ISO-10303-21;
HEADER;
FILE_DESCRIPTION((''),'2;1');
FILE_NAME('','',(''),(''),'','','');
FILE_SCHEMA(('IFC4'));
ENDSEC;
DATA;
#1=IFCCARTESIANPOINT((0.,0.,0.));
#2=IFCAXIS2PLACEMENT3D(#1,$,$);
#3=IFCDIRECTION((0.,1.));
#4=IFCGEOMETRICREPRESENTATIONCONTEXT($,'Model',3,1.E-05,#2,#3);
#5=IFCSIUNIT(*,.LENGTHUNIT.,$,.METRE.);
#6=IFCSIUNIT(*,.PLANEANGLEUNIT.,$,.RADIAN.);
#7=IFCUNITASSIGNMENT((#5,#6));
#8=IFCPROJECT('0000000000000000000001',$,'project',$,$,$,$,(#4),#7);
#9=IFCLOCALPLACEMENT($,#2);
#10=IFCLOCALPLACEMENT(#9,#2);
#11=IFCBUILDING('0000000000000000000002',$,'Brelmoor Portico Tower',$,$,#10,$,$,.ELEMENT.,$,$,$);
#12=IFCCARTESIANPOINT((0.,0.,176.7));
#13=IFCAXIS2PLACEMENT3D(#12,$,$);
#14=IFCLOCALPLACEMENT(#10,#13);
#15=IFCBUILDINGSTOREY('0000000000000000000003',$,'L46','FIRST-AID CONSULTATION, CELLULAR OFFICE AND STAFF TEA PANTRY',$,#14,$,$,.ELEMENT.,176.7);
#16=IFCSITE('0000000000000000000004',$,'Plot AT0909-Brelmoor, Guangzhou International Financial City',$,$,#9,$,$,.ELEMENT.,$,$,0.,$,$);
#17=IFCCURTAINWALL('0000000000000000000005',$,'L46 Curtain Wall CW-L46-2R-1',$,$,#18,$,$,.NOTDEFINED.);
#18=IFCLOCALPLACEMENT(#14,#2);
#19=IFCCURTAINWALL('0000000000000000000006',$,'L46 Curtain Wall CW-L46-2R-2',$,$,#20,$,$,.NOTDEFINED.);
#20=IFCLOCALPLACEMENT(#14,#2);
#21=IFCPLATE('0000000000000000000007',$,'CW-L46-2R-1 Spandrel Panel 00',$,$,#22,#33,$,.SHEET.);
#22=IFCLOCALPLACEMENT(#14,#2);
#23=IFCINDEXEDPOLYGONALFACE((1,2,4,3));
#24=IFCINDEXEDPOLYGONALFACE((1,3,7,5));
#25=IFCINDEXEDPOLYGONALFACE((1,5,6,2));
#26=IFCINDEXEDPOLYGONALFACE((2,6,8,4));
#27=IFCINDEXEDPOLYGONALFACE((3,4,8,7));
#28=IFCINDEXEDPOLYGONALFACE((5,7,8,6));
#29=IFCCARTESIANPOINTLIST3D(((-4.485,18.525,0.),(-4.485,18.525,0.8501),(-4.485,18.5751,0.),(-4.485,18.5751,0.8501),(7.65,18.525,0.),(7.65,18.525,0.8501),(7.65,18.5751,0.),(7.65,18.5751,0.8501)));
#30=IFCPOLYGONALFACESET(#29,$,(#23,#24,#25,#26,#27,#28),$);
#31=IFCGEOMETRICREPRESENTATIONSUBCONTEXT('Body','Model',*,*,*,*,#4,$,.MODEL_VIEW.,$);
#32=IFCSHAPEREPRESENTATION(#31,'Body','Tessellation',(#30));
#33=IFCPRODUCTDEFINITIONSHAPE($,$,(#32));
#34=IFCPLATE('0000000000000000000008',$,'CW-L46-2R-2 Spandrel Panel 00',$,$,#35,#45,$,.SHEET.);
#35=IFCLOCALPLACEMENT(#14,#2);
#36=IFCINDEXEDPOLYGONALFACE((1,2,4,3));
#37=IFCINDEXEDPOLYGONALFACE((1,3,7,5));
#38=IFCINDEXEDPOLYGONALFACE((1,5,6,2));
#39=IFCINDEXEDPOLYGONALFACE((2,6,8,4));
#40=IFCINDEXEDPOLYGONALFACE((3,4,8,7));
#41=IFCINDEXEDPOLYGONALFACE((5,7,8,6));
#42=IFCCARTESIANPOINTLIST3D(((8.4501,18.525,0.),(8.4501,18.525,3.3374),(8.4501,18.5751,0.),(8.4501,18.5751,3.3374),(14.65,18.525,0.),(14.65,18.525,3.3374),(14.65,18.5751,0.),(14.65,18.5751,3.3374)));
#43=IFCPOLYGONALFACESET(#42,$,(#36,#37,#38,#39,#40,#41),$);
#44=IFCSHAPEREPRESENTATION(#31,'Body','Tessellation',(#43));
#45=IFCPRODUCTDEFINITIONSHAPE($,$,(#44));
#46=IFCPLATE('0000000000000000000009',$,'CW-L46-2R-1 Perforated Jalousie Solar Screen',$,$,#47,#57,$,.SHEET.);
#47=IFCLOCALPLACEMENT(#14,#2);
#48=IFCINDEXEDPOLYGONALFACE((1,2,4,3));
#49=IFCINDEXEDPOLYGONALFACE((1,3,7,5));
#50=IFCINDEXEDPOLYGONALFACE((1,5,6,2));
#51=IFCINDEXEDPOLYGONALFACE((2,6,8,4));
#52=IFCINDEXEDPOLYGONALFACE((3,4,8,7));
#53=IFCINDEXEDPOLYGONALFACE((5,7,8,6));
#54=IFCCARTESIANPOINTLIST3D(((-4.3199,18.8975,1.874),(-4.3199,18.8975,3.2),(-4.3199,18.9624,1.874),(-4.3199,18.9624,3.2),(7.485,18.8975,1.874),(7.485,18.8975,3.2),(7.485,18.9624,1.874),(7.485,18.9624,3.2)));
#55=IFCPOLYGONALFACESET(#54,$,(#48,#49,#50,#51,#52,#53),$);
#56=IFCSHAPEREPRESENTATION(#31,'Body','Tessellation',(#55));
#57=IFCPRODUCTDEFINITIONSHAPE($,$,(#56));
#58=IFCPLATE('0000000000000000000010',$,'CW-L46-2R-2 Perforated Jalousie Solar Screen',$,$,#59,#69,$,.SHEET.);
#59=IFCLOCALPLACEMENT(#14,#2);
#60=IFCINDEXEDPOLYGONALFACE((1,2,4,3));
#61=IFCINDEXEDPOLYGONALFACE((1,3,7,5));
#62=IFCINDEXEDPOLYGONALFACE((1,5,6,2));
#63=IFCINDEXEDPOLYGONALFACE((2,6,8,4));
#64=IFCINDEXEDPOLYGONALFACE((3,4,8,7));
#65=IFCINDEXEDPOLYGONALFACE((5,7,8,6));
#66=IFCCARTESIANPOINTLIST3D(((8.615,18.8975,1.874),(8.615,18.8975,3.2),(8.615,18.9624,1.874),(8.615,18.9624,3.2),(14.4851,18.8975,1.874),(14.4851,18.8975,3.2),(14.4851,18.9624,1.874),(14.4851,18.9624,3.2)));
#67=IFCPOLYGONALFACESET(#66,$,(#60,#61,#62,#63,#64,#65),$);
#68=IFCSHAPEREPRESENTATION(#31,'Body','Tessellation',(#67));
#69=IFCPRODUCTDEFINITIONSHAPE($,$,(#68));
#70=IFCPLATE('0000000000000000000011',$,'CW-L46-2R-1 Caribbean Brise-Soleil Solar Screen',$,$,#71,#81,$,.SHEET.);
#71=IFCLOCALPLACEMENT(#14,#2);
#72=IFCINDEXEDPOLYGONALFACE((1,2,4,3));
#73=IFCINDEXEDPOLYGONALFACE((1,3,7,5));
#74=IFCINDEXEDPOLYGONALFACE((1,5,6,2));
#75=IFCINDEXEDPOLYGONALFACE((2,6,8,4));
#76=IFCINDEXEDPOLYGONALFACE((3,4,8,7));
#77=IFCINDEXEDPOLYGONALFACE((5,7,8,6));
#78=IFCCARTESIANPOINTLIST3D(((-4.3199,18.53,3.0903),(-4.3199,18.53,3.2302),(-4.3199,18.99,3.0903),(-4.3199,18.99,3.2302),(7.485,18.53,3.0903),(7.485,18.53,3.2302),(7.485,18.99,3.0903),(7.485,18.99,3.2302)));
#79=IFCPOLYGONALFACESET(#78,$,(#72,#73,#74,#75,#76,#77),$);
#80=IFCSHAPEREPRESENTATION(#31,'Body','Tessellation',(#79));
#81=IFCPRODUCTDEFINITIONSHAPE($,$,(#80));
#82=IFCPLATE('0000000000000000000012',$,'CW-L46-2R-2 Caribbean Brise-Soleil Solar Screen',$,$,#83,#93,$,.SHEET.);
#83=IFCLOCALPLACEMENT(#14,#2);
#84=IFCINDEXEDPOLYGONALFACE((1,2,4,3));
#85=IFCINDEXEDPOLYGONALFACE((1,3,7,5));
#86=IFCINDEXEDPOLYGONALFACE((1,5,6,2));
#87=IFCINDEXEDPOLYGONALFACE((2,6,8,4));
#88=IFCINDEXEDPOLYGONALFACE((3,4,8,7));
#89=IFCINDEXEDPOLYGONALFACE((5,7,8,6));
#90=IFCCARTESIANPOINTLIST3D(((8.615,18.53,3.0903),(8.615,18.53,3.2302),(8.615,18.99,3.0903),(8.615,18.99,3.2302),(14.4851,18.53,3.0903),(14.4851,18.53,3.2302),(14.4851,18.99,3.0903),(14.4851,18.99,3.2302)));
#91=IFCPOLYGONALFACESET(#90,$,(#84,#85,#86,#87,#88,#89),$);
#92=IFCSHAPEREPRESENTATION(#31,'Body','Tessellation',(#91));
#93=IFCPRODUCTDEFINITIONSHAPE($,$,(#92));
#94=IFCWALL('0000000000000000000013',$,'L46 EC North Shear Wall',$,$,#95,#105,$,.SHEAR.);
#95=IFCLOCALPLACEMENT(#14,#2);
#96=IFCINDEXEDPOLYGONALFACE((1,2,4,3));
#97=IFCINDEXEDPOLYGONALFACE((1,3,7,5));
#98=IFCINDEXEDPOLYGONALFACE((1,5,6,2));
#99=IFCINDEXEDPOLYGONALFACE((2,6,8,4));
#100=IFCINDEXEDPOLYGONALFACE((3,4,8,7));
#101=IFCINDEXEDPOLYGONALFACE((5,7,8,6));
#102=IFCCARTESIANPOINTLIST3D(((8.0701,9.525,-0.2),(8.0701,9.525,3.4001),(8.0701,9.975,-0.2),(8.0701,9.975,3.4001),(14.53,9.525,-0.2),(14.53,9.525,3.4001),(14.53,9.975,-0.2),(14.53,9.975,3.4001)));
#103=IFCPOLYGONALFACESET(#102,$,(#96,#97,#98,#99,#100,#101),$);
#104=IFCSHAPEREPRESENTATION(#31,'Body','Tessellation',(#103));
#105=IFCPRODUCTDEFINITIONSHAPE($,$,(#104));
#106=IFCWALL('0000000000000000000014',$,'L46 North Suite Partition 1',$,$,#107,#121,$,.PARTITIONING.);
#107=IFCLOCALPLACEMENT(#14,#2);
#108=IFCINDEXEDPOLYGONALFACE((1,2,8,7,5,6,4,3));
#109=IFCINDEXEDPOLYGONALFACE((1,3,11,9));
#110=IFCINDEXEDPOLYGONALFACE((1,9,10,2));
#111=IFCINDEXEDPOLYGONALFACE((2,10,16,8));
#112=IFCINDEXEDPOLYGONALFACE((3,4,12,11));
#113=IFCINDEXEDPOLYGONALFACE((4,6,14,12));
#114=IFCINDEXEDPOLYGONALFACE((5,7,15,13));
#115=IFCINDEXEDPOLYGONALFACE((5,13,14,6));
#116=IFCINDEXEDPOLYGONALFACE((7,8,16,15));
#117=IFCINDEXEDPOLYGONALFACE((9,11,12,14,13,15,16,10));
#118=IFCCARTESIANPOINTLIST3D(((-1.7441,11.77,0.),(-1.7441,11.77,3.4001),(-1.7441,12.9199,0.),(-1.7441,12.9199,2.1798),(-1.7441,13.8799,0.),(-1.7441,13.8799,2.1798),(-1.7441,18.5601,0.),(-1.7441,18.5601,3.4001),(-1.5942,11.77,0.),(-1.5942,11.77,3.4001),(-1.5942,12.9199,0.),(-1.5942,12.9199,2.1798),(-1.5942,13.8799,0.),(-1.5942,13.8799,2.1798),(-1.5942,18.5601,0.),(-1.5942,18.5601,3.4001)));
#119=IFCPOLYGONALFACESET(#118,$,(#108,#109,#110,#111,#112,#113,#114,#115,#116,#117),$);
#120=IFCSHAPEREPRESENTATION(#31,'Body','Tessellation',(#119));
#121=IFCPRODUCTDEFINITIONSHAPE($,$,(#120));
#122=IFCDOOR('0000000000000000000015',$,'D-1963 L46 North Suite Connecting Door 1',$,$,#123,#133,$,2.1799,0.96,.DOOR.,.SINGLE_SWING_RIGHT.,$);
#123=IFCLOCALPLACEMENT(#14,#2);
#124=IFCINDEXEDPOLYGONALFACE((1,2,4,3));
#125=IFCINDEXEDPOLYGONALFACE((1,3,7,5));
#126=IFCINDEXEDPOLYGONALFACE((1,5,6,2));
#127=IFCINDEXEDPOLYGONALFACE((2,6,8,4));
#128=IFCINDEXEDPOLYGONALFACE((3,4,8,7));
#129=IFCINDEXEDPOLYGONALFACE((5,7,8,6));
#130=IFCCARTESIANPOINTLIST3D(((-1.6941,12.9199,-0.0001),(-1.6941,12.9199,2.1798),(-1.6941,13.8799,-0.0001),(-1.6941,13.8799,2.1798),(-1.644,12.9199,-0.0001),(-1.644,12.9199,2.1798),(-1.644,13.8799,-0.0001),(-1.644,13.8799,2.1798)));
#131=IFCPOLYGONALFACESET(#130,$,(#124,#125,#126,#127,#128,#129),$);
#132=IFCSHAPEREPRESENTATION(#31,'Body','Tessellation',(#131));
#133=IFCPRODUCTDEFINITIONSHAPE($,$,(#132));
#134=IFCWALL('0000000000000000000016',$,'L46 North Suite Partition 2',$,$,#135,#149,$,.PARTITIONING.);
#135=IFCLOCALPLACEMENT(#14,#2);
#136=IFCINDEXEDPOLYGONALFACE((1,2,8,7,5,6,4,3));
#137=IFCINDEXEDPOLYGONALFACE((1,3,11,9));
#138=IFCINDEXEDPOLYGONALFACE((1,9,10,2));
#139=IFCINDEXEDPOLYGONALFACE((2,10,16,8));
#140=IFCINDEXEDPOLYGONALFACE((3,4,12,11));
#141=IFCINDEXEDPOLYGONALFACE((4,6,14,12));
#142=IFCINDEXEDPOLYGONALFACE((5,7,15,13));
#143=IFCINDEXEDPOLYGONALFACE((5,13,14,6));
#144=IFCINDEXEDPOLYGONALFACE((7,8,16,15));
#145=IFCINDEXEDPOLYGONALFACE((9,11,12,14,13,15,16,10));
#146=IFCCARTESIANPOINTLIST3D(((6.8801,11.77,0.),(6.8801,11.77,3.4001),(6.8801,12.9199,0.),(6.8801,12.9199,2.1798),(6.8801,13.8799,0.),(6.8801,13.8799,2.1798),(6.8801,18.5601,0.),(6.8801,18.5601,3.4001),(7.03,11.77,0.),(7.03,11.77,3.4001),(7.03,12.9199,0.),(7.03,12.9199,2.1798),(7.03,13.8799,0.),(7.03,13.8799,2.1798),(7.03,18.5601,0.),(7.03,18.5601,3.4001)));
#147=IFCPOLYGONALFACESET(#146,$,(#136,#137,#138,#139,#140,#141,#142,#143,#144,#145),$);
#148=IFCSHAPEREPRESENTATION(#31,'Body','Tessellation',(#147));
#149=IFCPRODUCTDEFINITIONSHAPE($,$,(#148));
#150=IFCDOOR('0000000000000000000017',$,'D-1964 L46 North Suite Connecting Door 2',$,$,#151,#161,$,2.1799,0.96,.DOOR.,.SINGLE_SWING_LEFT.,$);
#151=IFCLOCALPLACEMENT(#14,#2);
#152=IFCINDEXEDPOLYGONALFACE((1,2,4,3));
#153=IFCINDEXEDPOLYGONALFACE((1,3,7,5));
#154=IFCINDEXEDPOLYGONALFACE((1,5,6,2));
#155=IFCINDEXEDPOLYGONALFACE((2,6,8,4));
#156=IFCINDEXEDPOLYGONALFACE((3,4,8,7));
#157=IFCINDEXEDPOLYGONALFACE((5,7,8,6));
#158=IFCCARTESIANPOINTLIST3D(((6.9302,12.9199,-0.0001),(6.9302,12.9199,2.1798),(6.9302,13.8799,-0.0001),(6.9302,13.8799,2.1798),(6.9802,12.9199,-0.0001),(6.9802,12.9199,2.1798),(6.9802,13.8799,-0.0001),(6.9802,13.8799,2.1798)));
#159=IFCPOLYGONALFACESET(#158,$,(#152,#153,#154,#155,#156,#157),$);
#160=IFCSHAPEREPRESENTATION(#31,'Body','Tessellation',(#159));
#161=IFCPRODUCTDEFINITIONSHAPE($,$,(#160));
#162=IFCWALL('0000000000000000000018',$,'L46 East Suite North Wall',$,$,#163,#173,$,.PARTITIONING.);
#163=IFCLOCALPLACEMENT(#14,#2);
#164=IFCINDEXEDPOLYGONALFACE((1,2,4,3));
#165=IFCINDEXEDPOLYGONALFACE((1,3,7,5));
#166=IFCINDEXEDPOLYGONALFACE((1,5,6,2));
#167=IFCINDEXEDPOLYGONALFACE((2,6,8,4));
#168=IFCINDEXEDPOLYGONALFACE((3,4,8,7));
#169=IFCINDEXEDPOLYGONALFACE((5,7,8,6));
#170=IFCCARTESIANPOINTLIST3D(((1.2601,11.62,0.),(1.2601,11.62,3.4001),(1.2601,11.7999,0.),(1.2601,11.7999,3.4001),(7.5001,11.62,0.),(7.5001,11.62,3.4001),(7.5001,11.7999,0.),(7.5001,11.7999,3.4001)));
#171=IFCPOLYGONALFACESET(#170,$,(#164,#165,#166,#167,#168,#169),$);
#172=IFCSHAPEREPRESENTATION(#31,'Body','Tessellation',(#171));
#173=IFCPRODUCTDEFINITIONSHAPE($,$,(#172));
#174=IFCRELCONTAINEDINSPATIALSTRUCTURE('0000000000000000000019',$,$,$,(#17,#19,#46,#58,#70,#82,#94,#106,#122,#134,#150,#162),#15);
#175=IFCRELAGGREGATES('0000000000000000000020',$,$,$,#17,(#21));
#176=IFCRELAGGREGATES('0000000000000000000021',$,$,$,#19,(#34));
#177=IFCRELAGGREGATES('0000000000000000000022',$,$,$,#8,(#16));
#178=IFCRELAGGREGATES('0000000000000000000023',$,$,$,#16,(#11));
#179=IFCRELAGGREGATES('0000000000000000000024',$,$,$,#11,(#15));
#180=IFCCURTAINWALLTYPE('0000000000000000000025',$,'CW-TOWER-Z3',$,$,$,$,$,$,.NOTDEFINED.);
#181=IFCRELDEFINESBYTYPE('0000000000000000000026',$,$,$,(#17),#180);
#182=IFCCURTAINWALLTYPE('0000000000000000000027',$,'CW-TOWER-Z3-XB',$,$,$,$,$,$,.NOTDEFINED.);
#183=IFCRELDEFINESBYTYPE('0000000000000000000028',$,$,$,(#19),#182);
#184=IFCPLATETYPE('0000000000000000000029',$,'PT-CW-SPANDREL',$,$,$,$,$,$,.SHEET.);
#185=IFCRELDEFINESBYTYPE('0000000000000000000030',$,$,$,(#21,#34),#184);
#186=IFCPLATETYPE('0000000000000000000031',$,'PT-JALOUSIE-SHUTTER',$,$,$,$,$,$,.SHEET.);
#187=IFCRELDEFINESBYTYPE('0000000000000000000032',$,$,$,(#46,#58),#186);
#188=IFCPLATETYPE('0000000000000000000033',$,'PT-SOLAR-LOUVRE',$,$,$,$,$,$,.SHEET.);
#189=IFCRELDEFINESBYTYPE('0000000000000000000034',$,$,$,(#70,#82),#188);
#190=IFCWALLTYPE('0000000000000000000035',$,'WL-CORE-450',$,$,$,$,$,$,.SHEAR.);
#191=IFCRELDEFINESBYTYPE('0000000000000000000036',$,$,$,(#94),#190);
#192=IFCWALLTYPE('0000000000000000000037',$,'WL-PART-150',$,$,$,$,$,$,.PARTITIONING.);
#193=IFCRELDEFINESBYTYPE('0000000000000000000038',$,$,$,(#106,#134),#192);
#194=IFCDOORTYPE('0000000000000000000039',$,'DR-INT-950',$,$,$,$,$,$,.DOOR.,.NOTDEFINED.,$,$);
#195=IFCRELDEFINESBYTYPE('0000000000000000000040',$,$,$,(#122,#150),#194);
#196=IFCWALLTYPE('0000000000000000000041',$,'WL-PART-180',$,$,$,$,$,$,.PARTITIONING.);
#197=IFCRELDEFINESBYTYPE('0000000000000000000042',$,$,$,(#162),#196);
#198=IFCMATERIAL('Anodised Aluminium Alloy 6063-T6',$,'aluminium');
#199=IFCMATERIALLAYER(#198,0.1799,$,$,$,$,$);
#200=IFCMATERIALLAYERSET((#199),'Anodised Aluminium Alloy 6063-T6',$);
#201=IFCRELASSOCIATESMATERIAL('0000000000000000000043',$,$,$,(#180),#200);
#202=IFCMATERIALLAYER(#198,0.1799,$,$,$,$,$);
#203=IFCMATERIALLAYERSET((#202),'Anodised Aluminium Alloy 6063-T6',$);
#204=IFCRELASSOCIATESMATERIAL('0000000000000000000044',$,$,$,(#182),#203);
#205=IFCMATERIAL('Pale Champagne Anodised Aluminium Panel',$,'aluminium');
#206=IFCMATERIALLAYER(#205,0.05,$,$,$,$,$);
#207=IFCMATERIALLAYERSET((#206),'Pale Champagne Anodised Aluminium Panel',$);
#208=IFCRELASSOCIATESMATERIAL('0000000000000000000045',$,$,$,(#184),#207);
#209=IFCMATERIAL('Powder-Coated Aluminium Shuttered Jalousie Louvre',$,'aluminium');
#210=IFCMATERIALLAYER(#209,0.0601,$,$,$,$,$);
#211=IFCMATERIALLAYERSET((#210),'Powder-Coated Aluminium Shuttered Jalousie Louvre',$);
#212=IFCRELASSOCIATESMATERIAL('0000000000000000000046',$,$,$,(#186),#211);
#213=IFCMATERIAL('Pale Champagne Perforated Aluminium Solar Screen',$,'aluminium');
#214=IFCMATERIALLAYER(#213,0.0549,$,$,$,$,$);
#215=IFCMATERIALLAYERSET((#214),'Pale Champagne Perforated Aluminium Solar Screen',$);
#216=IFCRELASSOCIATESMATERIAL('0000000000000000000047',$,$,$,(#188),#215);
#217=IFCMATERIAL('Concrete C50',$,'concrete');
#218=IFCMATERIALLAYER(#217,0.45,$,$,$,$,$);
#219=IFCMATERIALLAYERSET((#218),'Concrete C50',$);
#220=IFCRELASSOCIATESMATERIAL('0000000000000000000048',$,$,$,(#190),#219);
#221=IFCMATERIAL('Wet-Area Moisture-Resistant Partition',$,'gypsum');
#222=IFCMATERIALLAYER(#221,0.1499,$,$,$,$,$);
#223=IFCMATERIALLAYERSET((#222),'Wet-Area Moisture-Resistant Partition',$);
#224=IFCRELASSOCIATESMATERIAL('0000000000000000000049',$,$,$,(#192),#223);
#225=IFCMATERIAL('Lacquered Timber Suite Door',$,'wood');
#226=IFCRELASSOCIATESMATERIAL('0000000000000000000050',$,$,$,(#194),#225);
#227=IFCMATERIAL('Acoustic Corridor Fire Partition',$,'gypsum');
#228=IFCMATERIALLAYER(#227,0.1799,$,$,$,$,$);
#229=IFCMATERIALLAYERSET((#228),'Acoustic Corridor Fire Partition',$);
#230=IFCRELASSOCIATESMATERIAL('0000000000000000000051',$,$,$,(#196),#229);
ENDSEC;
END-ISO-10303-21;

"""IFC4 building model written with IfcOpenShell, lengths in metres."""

from ifc_helpers import new_model, si_unit, direction, frame, frame_2d, origin, origin_2d, place, context, subcontext, project, spatial, rectangle, extrude, material, layer, layer_set, type_object, element, fill, aggregate, save


model = new_model("IFC4")

# Units and contexts
model_context = context("Model", 3, precision=1e-05, world=origin(), true_north=direction((0.0, 1.0)))
body_context = subcontext(model_context, "Body", "Model", "MODEL_VIEW")
ifc_project = project(units=[si_unit("LENGTHUNIT", "METRE"), si_unit("PLANEANGLEUNIT", "RADIAN")], contexts=[model_context])

# Site, building, storey
site_placement = place(None, origin())
site = spatial("IfcSite", under=ifc_project, at=site_placement, Name="Plot AT0909-Brelmoor, Guangzhou International Financial City", CompositionType="ELEMENT", RefElevation=0.0)
building_placement = place(site_placement, origin())
building = spatial("IfcBuilding", under=site, at=building_placement, Name="Brelmoor Portico Tower", CompositionType="ELEMENT")
storey_placement = place(building_placement, frame((0.0, 0.0, 176.7)))
storey = spatial("IfcBuildingStorey", under=building, at=storey_placement, Name="L46", Description="FIRST-AID CONSULTATION, CELLULAR OFFICE AND STAFF TEA PANTRY", CompositionType="ELEMENT", Elevation=176.7)

# Curtain wall
ifc_material_1 = material(Name="Anodised Aluminium Alloy 6063-T6", Category="aluminium")
ifc_layer_1 = layer(ifc_material_1, 0.1799)
ifc_layer_set_1 = layer_set([ifc_layer_1], Name="Anodised Aluminium Alloy 6063-T6")
curtain_wall_type_1 = type_object("IfcCurtainWallType", Name="CW-TOWER-Z3", PredefinedType="NOTDEFINED", material=ifc_layer_set_1)
curtain_wall_1_placement = place(storey_placement, origin())
curtain_wall_1 = element("IfcCurtainWall", 1, at=curtain_wall_1_placement, inside=storey, type_object=curtain_wall_type_1, Name="L46 Curtain Wall CW-L46-2R-1", PredefinedType="NOTDEFINED")

# Curtain wall
ifc_layer_2 = layer(ifc_material_1, 0.1799)
ifc_layer_set_2 = layer_set([ifc_layer_2], Name="Anodised Aluminium Alloy 6063-T6")
curtain_wall_type_2 = type_object("IfcCurtainWallType", Name="CW-TOWER-Z3-XB", PredefinedType="NOTDEFINED", material=ifc_layer_set_2)
curtain_wall_2_placement = place(storey_placement, origin())
curtain_wall_2 = element("IfcCurtainWall", 2, at=curtain_wall_2_placement, inside=storey, type_object=curtain_wall_type_2, Name="L46 Curtain Wall CW-L46-2R-2", PredefinedType="NOTDEFINED")

# Plates
ifc_material_2 = material(Name="Pale Champagne Anodised Aluminium Panel", Category="aluminium")
ifc_layer_3 = layer(ifc_material_2, 0.05)
ifc_layer_set_3 = layer_set([ifc_layer_3], Name="Pale Champagne Anodised Aluminium Panel")
plate_type_1 = type_object("IfcPlateType", Name="PT-CW-SPANDREL", PredefinedType="SHEET", material=ifc_layer_set_3)
plate_1_placement = place(storey_placement, frame((1.5825, 18.55, 0.0), z_axis=(0.0, 0.0, 1.0), x_axis=(1.0, 0.0, 0.0)))
plate_1 = element("IfcPlate", 3, at=plate_1_placement, type_object=plate_type_1, Name="CW-L46-2R-1 Spandrel Panel 00", PredefinedType="SHEET", context=body_context, shape_type="SweptSolid", body=[
    extrude(rectangle(XDim=12.135, YDim=0.05, at=origin_2d()), origin(), (0.0, 0.0, 1.0), 0.8501),
])
aggregate(curtain_wall_1, [plate_1])
plate_2_placement = place(storey_placement, frame((11.55, 18.55, 0.0), z_axis=(0.0, 0.0, 1.0), x_axis=(1.0, 0.0, 0.0)))
plate_2 = element("IfcPlate", 4, at=plate_2_placement, type_object=plate_type_1, Name="CW-L46-2R-2 Spandrel Panel 00", PredefinedType="SHEET", context=body_context, shape_type="SweptSolid", body=[
    extrude(rectangle(XDim=6.2, YDim=0.05, at=origin_2d()), origin(), (0.0, 0.0, 1.0), 3.3374),
])
aggregate(curtain_wall_2, [plate_2])

# Plates
ifc_material_3 = material(Name="Powder-Coated Aluminium Shuttered Jalousie Louvre", Category="aluminium")
ifc_layer_4 = layer(ifc_material_3, 0.0601)
ifc_layer_set_4 = layer_set([ifc_layer_4], Name="Powder-Coated Aluminium Shuttered Jalousie Louvre")
plate_type_2 = type_object("IfcPlateType", Name="PT-JALOUSIE-SHUTTER", PredefinedType="SHEET", material=ifc_layer_set_4)
plate_3_placement = place(storey_placement, frame((1.5825, 18.9299, 1.874), z_axis=(0.0, 0.0, 1.0), x_axis=(1.0, 0.0, 0.0)))
element("IfcPlate", 5, at=plate_3_placement, inside=storey, type_object=plate_type_2, Name="CW-L46-2R-1 Perforated Jalousie Solar Screen", PredefinedType="SHEET", context=body_context, shape_type="SweptSolid", body=[
    extrude(rectangle(XDim=11.8049, YDim=0.0649, at=origin_2d()), origin(), (0.0, 0.0, 1.0), 1.3259),
])
plate_4_placement = place(storey_placement, frame((11.55, 18.9299, 1.874), z_axis=(0.0, 0.0, 1.0), x_axis=(1.0, 0.0, 0.0)))
element("IfcPlate", 6, at=plate_4_placement, inside=storey, type_object=plate_type_2, Name="CW-L46-2R-2 Perforated Jalousie Solar Screen", PredefinedType="SHEET", context=body_context, shape_type="SweptSolid", body=[
    extrude(rectangle(XDim=5.8701, YDim=0.0649, at=origin_2d()), origin(), (0.0, 0.0, 1.0), 1.3259),
])
ifc_material_4 = material(Name="Pale Champagne Perforated Aluminium Solar Screen", Category="aluminium")
ifc_layer_5 = layer(ifc_material_4, 0.0549)
ifc_layer_set_5 = layer_set([ifc_layer_5], Name="Pale Champagne Perforated Aluminium Solar Screen")
plate_type_3 = type_object("IfcPlateType", Name="PT-SOLAR-LOUVRE", PredefinedType="SHEET", material=ifc_layer_set_5)
plate_5_placement = place(storey_placement, frame((1.5825, 18.76, 3.0903), z_axis=(0.0, 0.0, 1.0), x_axis=(1.0, 0.0, 0.0)))
element("IfcPlate", 7, at=plate_5_placement, inside=storey, type_object=plate_type_3, Name="CW-L46-2R-1 Caribbean Brise-Soleil Solar Screen", PredefinedType="SHEET", context=body_context, shape_type="SweptSolid", body=[
    extrude(rectangle(XDim=11.8049, YDim=0.46, at=origin_2d()), origin(), (0.0, 0.0, 1.0), 0.1399),
])
plate_6_placement = place(storey_placement, frame((11.55, 18.76, 3.0903), z_axis=(0.0, 0.0, 1.0), x_axis=(1.0, 0.0, 0.0)))
element("IfcPlate", 8, at=plate_6_placement, inside=storey, type_object=plate_type_3, Name="CW-L46-2R-2 Caribbean Brise-Soleil Solar Screen", PredefinedType="SHEET", context=body_context, shape_type="SweptSolid", body=[
    extrude(rectangle(XDim=5.8701, YDim=0.46, at=origin_2d()), origin(), (0.0, 0.0, 1.0), 0.1399),
])

# Wall
ifc_material_5 = material(Name="Concrete C50", Category="concrete")
ifc_layer_6 = layer(ifc_material_5, 0.45)
ifc_layer_set_6 = layer_set([ifc_layer_6], Name="Concrete C50")
wall_type_1 = type_object("IfcWallType", Name="WL-CORE-450", PredefinedType="SHEAR", material=ifc_layer_set_6)
wall_1_placement = place(storey_placement, frame((8.0701, 9.75, -0.2), z_axis=(0.0, 0.0, 1.0), x_axis=(1.0, 0.0, 0.0)))
element("IfcWall", 9, at=wall_1_placement, inside=storey, type_object=wall_type_1, Name="L46 EC North Shear Wall", PredefinedType="SHEAR", context=body_context, shape_type="SweptSolid", body=[
    extrude(rectangle(XDim=6.46, YDim=0.45, at=frame_2d((3.23, 0.0))), origin(), (0.0, 0.0, 1.0), 3.6001),
])

# Walls, openings, doors
ifc_material_6 = material(Name="Wet-Area Moisture-Resistant Partition", Category="gypsum")
ifc_layer_7 = layer(ifc_material_6, 0.1499)
ifc_layer_set_7 = layer_set([ifc_layer_7], Name="Wet-Area Moisture-Resistant Partition")
wall_type_2 = type_object("IfcWallType", Name="WL-PART-150", PredefinedType="PARTITIONING", material=ifc_layer_set_7)
wall_2_placement = place(storey_placement, frame((-1.6692, 11.77, 0.0), z_axis=(0.0, 0.0, 1.0), x_axis=(0.0, 1.0, 0.0)))
wall_2 = element("IfcWall", 10, at=wall_2_placement, inside=storey, type_object=wall_type_2, Name="L46 North Suite Partition 1", PredefinedType="PARTITIONING", context=body_context, shape_type="SweptSolid", body=[
    extrude(rectangle(XDim=6.79, YDim=0.1499, at=frame_2d((3.395, 0.0))), origin(), (0.0, 0.0, 1.0), 3.4001),
])
opening_1_placement = place(wall_2_placement, frame((1.1499, 0.0, 0.0)))
opening_1 = element("IfcOpeningElement", 11, at=opening_1_placement, cuts=wall_2, PredefinedType="OPENING", context=body_context, shape_type="SweptSolid", body=[
    extrude(rectangle(XDim=0.96, YDim=2.1799, at=frame_2d((0.48, 1.0898))), frame((0.0, 0.085, 0.0), z_axis=(0.0, -1.0, 0.0), x_axis=(1.0, 0.0, 0.0)), (0.0, 0.0, 1.0), 0.1699),
])
ifc_material_7 = material(Name="Lacquered Timber Suite Door", Category="wood")
door_type = type_object("IfcDoorType", Name="DR-INT-950", OperationType="NOTDEFINED", PredefinedType="DOOR", material=ifc_material_7)
door_1_placement = place(opening_1_placement, origin())
door_1 = element("IfcDoor", 12, at=door_1_placement, inside=storey, type_object=door_type, Name="D-1963 L46 North Suite Connecting Door 1", OperationType="SINGLE_SWING_RIGHT", OverallHeight=2.1799, OverallWidth=0.96, PredefinedType="DOOR", context=body_context, shape_type="SweptSolid", body=[
    extrude(rectangle(XDim=0.96, YDim=2.1799, at=frame_2d((0.48, 1.0898))), frame((0.0, 0.0249, 0.0), z_axis=(0.0, -1.0, 0.0), x_axis=(1.0, 0.0, 0.0)), (0.0, 0.0, 1.0), 0.05),
])
fill(opening_1, door_1)
wall_3_placement = place(storey_placement, frame((6.9551, 11.77, 0.0), z_axis=(0.0, 0.0, 1.0), x_axis=(0.0, 1.0, 0.0)))
wall_3 = element("IfcWall", 13, at=wall_3_placement, inside=storey, type_object=wall_type_2, Name="L46 North Suite Partition 2", PredefinedType="PARTITIONING", context=body_context, shape_type="SweptSolid", body=[
    extrude(rectangle(XDim=6.79, YDim=0.1499, at=frame_2d((3.395, 0.0))), origin(), (0.0, 0.0, 1.0), 3.4001),
])
opening_2_placement = place(wall_3_placement, frame((1.1499, 0.0, 0.0)))
opening_2 = element("IfcOpeningElement", 14, at=opening_2_placement, cuts=wall_3, PredefinedType="OPENING", context=body_context, shape_type="SweptSolid", body=[
    extrude(rectangle(XDim=0.96, YDim=2.1799, at=frame_2d((0.48, 1.0898))), frame((0.0, 0.085, 0.0), z_axis=(0.0, -1.0, 0.0), x_axis=(1.0, 0.0, 0.0)), (0.0, 0.0, 1.0), 0.1699),
])
door_2_placement = place(opening_2_placement, origin())
door_2 = element("IfcDoor", 15, at=door_2_placement, inside=storey, type_object=door_type, Name="D-1964 L46 North Suite Connecting Door 2", OperationType="SINGLE_SWING_LEFT", OverallHeight=2.1799, OverallWidth=0.96, PredefinedType="DOOR", context=body_context, shape_type="SweptSolid", body=[
    extrude(rectangle(XDim=0.96, YDim=2.1799, at=frame_2d((0.48, 1.0898))), frame((0.0, 0.0249, 0.0), z_axis=(0.0, -1.0, 0.0), x_axis=(1.0, 0.0, 0.0)), (0.0, 0.0, 1.0), 0.05),
])
fill(opening_2, door_2)

# Wall
ifc_material_8 = material(Name="Acoustic Corridor Fire Partition", Category="gypsum")
ifc_layer_8 = layer(ifc_material_8, 0.1799)
ifc_layer_set_8 = layer_set([ifc_layer_8], Name="Acoustic Corridor Fire Partition")
wall_type_3 = type_object("IfcWallType", Name="WL-PART-180", PredefinedType="PARTITIONING", material=ifc_layer_set_8)
wall_4_placement = place(storey_placement, frame((1.26, 11.71, 0.0), z_axis=(0.0, 0.0, 1.0), x_axis=(1.0, 0.0, 0.0)))
element("IfcWall", 16, at=wall_4_placement, inside=storey, type_object=wall_type_3, Name="L46 East Suite North Wall", PredefinedType="PARTITIONING", context=body_context, shape_type="SweptSolid", body=[
    extrude(rectangle(XDim=6.24, YDim=0.1799, at=frame_2d((3.1201, 0.0))), origin(), (0.0, 0.0, 1.0), 3.4001),
])

save(model, "model.ifc")
